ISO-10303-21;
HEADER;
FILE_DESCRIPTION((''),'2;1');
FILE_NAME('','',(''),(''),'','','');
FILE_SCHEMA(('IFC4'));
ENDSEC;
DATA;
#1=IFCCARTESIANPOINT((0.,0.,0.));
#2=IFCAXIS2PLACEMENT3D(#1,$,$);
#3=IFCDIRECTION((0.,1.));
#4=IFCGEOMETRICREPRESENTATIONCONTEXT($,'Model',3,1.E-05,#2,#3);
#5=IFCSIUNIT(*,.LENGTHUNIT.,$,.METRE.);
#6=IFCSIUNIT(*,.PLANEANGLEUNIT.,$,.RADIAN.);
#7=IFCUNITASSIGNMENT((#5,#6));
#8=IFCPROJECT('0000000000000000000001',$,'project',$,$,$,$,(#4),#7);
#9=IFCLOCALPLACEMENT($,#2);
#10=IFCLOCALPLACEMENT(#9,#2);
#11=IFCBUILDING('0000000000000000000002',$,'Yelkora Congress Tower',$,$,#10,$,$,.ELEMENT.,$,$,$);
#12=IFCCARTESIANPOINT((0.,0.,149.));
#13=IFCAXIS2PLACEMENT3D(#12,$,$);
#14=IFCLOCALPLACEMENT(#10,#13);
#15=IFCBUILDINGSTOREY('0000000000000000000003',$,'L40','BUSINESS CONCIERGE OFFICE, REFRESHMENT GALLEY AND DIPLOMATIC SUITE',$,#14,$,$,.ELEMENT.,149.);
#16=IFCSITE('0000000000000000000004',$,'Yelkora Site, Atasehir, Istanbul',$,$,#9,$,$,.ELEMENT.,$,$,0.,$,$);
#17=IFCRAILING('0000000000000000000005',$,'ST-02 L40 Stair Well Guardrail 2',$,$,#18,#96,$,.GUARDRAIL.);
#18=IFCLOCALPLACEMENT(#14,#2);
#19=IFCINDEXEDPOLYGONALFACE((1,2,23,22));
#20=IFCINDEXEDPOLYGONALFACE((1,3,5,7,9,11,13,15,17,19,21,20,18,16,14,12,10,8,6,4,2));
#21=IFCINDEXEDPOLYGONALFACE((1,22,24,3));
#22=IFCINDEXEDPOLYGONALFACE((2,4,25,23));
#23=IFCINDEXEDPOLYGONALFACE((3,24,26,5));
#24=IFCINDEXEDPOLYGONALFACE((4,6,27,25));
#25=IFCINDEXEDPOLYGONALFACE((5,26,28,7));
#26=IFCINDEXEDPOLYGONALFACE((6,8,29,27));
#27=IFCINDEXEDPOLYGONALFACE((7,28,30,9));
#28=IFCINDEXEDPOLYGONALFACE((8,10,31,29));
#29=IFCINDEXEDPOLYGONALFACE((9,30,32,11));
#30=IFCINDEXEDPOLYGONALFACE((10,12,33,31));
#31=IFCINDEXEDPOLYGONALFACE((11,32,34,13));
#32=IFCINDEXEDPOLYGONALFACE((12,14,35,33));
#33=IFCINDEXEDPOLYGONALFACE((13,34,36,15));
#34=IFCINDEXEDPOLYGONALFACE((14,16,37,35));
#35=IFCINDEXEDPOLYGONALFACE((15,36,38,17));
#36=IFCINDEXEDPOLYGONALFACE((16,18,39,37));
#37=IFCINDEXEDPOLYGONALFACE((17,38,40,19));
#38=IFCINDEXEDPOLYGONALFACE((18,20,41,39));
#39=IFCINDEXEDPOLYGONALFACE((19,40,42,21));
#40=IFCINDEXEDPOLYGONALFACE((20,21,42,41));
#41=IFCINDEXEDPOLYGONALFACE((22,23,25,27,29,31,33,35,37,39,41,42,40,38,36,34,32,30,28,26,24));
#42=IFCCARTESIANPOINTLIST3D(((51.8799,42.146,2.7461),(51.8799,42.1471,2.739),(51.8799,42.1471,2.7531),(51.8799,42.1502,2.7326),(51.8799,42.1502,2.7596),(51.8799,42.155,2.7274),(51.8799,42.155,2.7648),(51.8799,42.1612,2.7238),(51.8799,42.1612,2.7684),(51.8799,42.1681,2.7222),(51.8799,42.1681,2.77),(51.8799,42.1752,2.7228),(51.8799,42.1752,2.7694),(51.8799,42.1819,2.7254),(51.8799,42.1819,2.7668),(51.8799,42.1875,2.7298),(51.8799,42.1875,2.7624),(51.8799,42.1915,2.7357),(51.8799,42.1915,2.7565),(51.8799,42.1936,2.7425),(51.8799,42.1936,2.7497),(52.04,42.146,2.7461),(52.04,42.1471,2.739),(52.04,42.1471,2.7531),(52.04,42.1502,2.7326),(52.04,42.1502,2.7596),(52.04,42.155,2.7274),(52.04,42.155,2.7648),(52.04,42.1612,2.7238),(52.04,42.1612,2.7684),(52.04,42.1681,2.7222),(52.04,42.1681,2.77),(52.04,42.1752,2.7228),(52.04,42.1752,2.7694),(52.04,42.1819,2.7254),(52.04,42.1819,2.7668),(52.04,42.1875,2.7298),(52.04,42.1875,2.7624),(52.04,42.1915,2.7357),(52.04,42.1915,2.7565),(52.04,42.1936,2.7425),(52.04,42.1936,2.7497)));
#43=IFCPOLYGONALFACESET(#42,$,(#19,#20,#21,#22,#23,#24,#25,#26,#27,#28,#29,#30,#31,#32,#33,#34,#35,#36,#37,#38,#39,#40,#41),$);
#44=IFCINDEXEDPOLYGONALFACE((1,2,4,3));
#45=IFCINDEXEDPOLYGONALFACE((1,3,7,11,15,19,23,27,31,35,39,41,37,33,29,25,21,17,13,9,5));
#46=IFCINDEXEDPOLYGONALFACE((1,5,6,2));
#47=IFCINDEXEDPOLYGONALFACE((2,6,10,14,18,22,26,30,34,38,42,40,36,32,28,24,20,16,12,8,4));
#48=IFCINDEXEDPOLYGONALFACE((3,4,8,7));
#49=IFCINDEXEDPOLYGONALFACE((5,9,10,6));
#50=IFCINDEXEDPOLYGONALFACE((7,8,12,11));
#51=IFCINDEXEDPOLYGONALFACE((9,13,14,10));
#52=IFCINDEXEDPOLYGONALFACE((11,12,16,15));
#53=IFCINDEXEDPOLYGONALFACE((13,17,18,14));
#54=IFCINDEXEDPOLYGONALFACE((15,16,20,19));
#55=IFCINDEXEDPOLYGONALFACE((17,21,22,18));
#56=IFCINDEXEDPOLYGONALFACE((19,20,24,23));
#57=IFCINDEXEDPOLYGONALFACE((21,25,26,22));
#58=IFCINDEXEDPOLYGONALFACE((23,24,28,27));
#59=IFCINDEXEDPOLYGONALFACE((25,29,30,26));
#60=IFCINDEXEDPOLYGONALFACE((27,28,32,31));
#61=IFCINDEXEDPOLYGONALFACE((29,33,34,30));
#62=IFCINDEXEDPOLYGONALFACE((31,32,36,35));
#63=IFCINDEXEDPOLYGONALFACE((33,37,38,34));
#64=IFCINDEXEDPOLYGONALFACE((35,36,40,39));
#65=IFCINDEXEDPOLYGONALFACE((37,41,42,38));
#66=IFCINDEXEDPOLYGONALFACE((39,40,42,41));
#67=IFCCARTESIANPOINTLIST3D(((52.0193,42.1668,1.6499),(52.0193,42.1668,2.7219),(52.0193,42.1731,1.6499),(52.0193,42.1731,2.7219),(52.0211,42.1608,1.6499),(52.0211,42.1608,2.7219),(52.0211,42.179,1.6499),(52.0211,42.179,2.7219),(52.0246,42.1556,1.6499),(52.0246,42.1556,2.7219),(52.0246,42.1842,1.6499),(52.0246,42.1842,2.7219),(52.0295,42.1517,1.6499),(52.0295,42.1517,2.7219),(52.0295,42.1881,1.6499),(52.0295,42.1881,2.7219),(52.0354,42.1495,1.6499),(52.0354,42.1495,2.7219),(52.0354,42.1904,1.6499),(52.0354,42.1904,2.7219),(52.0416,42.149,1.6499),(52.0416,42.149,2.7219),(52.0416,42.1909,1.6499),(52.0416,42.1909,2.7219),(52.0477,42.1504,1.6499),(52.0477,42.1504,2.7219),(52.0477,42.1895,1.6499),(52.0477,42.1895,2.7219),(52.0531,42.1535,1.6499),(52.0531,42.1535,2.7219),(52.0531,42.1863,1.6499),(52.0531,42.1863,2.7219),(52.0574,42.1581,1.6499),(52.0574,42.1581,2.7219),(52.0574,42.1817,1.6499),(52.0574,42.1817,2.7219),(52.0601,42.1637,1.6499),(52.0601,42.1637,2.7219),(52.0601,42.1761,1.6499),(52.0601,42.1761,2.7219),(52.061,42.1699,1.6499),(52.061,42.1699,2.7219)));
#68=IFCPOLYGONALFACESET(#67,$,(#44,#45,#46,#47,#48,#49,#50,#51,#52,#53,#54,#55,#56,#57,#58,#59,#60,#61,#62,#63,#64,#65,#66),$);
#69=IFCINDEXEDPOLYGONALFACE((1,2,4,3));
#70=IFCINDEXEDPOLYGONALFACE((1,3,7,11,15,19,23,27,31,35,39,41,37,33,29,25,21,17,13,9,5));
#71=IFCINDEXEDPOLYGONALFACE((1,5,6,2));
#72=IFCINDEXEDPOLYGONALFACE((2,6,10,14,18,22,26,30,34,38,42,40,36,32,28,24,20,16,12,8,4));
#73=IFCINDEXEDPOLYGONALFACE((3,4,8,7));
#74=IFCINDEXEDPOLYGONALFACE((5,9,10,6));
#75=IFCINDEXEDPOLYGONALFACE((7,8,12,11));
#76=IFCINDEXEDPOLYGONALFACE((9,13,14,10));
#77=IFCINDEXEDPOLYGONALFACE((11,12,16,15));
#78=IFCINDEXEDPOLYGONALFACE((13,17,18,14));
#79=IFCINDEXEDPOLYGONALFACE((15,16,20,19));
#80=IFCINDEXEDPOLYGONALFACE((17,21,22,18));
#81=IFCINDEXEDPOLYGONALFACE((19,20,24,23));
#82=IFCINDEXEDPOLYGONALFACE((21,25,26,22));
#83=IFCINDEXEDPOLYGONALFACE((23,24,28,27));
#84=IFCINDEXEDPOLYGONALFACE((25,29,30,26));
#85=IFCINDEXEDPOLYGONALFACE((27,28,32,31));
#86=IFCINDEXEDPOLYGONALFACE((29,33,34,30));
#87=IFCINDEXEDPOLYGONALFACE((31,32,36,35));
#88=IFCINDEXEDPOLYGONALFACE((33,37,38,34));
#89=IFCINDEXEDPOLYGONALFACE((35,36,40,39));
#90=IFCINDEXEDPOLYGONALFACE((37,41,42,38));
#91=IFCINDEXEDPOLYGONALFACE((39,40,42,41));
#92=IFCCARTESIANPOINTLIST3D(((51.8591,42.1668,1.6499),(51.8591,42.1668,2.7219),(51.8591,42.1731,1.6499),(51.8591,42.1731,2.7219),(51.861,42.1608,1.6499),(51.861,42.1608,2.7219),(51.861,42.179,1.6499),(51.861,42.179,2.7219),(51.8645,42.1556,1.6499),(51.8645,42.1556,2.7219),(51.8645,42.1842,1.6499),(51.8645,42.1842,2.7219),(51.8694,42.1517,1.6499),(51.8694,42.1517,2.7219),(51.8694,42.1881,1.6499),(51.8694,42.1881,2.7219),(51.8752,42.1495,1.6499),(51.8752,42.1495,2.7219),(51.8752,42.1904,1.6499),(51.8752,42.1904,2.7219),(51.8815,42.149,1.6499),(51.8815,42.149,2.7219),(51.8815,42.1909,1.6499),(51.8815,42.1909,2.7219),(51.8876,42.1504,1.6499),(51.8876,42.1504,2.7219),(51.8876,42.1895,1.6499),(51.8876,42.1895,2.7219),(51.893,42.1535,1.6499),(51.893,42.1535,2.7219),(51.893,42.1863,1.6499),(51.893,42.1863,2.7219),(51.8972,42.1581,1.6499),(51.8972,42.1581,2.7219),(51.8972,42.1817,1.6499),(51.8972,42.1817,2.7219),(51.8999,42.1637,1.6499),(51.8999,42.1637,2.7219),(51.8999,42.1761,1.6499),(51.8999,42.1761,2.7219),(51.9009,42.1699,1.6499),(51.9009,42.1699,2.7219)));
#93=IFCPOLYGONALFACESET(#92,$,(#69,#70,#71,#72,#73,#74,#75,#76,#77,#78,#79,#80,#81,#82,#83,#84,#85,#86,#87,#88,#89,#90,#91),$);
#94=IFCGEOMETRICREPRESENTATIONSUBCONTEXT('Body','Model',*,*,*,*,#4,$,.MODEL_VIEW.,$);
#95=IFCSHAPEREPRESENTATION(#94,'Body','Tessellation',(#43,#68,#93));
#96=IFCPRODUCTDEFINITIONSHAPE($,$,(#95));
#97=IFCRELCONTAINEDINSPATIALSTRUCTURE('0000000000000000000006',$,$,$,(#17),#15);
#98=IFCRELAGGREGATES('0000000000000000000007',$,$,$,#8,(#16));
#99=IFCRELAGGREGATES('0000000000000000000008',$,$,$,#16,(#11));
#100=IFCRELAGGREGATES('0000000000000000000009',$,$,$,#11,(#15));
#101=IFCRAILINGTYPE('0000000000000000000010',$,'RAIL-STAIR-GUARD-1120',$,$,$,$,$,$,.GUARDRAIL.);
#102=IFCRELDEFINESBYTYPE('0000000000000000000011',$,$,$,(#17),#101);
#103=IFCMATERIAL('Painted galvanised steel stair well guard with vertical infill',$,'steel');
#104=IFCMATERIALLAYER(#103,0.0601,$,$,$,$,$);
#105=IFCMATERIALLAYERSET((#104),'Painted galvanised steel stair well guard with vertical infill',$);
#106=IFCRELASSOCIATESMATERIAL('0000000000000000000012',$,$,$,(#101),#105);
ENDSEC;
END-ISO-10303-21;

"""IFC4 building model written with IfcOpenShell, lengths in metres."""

from ifc_helpers import new_model, si_unit, direction, frame, origin, origin_2d, place, context, subcontext, project, spatial, circle, extrude, material, layer, layer_set, type_object, element, save


model = new_model("IFC4")

# Units and contexts
model_context = context("Model", 3, precision=1e-05, world=origin(), true_north=direction((0.0, 1.0)))
body_context = subcontext(model_context, "Body", "Model", "MODEL_VIEW")
ifc_project = project(units=[si_unit("LENGTHUNIT", "METRE"), si_unit("PLANEANGLEUNIT", "RADIAN")], contexts=[model_context])

# Site, building, storey
site_placement = place(None, origin())
site = spatial("IfcSite", under=ifc_project, at=site_placement, Name="Yelkora Site, Atasehir, Istanbul", CompositionType="ELEMENT", RefElevation=0.0)
building_placement = place(site_placement, origin())
building = spatial("IfcBuilding", under=site, at=building_placement, Name="Yelkora Congress Tower", CompositionType="ELEMENT")
storey_placement = place(building_placement, frame((0.0, 0.0, 149.0)))
storey = spatial("IfcBuildingStorey", under=building, at=storey_placement, Name="L40", Description="BUSINESS CONCIERGE OFFICE, REFRESHMENT GALLEY AND DIPLOMATIC SUITE", CompositionType="ELEMENT", Elevation=149.0)

# Railing
ifc_material_1 = material(Name="Painted galvanised steel stair well guard with vertical infill", Category="steel")
ifc_layer_1 = layer(ifc_material_1, 0.0601)
ifc_layer_set_1 = layer_set([ifc_layer_1], Name="Painted galvanised steel stair well guard with vertical infill")
railing_type_1 = type_object("IfcRailingType", Name="RAIL-STAIR-GUARD-1120", PredefinedType="GUARDRAIL", material=ifc_layer_set_1)
railing_1_placement = place(storey_placement, frame((52.04, 42.1699, 1.6499)))
element("IfcRailing", 1, at=railing_1_placement, inside=storey, type_object=railing_type_1, Name="ST-02 L40 Stair Well Guardrail 2", PredefinedType="GUARDRAIL", context=body_context, shape_type="SweptSolid", body=[
    extrude(circle(Radius=0.0239, at=origin_2d()), frame((0.0, 0.0, 1.0962), z_axis=(-1.0, 0.0, 0.0), x_axis=(0.0, -1.0, 0.0)), (0.0, 0.0, 1.0), 0.1602),
    extrude(circle(Radius=0.021, at=origin_2d()), origin(), (0.0, 0.0, 1.0), 1.072),
    extrude(circle(Radius=0.021, at=origin_2d()), frame((-0.1602, 0.0, 0.0)), (0.0, 0.0, 1.0), 1.072),
])

save(model, "model.ifc")
